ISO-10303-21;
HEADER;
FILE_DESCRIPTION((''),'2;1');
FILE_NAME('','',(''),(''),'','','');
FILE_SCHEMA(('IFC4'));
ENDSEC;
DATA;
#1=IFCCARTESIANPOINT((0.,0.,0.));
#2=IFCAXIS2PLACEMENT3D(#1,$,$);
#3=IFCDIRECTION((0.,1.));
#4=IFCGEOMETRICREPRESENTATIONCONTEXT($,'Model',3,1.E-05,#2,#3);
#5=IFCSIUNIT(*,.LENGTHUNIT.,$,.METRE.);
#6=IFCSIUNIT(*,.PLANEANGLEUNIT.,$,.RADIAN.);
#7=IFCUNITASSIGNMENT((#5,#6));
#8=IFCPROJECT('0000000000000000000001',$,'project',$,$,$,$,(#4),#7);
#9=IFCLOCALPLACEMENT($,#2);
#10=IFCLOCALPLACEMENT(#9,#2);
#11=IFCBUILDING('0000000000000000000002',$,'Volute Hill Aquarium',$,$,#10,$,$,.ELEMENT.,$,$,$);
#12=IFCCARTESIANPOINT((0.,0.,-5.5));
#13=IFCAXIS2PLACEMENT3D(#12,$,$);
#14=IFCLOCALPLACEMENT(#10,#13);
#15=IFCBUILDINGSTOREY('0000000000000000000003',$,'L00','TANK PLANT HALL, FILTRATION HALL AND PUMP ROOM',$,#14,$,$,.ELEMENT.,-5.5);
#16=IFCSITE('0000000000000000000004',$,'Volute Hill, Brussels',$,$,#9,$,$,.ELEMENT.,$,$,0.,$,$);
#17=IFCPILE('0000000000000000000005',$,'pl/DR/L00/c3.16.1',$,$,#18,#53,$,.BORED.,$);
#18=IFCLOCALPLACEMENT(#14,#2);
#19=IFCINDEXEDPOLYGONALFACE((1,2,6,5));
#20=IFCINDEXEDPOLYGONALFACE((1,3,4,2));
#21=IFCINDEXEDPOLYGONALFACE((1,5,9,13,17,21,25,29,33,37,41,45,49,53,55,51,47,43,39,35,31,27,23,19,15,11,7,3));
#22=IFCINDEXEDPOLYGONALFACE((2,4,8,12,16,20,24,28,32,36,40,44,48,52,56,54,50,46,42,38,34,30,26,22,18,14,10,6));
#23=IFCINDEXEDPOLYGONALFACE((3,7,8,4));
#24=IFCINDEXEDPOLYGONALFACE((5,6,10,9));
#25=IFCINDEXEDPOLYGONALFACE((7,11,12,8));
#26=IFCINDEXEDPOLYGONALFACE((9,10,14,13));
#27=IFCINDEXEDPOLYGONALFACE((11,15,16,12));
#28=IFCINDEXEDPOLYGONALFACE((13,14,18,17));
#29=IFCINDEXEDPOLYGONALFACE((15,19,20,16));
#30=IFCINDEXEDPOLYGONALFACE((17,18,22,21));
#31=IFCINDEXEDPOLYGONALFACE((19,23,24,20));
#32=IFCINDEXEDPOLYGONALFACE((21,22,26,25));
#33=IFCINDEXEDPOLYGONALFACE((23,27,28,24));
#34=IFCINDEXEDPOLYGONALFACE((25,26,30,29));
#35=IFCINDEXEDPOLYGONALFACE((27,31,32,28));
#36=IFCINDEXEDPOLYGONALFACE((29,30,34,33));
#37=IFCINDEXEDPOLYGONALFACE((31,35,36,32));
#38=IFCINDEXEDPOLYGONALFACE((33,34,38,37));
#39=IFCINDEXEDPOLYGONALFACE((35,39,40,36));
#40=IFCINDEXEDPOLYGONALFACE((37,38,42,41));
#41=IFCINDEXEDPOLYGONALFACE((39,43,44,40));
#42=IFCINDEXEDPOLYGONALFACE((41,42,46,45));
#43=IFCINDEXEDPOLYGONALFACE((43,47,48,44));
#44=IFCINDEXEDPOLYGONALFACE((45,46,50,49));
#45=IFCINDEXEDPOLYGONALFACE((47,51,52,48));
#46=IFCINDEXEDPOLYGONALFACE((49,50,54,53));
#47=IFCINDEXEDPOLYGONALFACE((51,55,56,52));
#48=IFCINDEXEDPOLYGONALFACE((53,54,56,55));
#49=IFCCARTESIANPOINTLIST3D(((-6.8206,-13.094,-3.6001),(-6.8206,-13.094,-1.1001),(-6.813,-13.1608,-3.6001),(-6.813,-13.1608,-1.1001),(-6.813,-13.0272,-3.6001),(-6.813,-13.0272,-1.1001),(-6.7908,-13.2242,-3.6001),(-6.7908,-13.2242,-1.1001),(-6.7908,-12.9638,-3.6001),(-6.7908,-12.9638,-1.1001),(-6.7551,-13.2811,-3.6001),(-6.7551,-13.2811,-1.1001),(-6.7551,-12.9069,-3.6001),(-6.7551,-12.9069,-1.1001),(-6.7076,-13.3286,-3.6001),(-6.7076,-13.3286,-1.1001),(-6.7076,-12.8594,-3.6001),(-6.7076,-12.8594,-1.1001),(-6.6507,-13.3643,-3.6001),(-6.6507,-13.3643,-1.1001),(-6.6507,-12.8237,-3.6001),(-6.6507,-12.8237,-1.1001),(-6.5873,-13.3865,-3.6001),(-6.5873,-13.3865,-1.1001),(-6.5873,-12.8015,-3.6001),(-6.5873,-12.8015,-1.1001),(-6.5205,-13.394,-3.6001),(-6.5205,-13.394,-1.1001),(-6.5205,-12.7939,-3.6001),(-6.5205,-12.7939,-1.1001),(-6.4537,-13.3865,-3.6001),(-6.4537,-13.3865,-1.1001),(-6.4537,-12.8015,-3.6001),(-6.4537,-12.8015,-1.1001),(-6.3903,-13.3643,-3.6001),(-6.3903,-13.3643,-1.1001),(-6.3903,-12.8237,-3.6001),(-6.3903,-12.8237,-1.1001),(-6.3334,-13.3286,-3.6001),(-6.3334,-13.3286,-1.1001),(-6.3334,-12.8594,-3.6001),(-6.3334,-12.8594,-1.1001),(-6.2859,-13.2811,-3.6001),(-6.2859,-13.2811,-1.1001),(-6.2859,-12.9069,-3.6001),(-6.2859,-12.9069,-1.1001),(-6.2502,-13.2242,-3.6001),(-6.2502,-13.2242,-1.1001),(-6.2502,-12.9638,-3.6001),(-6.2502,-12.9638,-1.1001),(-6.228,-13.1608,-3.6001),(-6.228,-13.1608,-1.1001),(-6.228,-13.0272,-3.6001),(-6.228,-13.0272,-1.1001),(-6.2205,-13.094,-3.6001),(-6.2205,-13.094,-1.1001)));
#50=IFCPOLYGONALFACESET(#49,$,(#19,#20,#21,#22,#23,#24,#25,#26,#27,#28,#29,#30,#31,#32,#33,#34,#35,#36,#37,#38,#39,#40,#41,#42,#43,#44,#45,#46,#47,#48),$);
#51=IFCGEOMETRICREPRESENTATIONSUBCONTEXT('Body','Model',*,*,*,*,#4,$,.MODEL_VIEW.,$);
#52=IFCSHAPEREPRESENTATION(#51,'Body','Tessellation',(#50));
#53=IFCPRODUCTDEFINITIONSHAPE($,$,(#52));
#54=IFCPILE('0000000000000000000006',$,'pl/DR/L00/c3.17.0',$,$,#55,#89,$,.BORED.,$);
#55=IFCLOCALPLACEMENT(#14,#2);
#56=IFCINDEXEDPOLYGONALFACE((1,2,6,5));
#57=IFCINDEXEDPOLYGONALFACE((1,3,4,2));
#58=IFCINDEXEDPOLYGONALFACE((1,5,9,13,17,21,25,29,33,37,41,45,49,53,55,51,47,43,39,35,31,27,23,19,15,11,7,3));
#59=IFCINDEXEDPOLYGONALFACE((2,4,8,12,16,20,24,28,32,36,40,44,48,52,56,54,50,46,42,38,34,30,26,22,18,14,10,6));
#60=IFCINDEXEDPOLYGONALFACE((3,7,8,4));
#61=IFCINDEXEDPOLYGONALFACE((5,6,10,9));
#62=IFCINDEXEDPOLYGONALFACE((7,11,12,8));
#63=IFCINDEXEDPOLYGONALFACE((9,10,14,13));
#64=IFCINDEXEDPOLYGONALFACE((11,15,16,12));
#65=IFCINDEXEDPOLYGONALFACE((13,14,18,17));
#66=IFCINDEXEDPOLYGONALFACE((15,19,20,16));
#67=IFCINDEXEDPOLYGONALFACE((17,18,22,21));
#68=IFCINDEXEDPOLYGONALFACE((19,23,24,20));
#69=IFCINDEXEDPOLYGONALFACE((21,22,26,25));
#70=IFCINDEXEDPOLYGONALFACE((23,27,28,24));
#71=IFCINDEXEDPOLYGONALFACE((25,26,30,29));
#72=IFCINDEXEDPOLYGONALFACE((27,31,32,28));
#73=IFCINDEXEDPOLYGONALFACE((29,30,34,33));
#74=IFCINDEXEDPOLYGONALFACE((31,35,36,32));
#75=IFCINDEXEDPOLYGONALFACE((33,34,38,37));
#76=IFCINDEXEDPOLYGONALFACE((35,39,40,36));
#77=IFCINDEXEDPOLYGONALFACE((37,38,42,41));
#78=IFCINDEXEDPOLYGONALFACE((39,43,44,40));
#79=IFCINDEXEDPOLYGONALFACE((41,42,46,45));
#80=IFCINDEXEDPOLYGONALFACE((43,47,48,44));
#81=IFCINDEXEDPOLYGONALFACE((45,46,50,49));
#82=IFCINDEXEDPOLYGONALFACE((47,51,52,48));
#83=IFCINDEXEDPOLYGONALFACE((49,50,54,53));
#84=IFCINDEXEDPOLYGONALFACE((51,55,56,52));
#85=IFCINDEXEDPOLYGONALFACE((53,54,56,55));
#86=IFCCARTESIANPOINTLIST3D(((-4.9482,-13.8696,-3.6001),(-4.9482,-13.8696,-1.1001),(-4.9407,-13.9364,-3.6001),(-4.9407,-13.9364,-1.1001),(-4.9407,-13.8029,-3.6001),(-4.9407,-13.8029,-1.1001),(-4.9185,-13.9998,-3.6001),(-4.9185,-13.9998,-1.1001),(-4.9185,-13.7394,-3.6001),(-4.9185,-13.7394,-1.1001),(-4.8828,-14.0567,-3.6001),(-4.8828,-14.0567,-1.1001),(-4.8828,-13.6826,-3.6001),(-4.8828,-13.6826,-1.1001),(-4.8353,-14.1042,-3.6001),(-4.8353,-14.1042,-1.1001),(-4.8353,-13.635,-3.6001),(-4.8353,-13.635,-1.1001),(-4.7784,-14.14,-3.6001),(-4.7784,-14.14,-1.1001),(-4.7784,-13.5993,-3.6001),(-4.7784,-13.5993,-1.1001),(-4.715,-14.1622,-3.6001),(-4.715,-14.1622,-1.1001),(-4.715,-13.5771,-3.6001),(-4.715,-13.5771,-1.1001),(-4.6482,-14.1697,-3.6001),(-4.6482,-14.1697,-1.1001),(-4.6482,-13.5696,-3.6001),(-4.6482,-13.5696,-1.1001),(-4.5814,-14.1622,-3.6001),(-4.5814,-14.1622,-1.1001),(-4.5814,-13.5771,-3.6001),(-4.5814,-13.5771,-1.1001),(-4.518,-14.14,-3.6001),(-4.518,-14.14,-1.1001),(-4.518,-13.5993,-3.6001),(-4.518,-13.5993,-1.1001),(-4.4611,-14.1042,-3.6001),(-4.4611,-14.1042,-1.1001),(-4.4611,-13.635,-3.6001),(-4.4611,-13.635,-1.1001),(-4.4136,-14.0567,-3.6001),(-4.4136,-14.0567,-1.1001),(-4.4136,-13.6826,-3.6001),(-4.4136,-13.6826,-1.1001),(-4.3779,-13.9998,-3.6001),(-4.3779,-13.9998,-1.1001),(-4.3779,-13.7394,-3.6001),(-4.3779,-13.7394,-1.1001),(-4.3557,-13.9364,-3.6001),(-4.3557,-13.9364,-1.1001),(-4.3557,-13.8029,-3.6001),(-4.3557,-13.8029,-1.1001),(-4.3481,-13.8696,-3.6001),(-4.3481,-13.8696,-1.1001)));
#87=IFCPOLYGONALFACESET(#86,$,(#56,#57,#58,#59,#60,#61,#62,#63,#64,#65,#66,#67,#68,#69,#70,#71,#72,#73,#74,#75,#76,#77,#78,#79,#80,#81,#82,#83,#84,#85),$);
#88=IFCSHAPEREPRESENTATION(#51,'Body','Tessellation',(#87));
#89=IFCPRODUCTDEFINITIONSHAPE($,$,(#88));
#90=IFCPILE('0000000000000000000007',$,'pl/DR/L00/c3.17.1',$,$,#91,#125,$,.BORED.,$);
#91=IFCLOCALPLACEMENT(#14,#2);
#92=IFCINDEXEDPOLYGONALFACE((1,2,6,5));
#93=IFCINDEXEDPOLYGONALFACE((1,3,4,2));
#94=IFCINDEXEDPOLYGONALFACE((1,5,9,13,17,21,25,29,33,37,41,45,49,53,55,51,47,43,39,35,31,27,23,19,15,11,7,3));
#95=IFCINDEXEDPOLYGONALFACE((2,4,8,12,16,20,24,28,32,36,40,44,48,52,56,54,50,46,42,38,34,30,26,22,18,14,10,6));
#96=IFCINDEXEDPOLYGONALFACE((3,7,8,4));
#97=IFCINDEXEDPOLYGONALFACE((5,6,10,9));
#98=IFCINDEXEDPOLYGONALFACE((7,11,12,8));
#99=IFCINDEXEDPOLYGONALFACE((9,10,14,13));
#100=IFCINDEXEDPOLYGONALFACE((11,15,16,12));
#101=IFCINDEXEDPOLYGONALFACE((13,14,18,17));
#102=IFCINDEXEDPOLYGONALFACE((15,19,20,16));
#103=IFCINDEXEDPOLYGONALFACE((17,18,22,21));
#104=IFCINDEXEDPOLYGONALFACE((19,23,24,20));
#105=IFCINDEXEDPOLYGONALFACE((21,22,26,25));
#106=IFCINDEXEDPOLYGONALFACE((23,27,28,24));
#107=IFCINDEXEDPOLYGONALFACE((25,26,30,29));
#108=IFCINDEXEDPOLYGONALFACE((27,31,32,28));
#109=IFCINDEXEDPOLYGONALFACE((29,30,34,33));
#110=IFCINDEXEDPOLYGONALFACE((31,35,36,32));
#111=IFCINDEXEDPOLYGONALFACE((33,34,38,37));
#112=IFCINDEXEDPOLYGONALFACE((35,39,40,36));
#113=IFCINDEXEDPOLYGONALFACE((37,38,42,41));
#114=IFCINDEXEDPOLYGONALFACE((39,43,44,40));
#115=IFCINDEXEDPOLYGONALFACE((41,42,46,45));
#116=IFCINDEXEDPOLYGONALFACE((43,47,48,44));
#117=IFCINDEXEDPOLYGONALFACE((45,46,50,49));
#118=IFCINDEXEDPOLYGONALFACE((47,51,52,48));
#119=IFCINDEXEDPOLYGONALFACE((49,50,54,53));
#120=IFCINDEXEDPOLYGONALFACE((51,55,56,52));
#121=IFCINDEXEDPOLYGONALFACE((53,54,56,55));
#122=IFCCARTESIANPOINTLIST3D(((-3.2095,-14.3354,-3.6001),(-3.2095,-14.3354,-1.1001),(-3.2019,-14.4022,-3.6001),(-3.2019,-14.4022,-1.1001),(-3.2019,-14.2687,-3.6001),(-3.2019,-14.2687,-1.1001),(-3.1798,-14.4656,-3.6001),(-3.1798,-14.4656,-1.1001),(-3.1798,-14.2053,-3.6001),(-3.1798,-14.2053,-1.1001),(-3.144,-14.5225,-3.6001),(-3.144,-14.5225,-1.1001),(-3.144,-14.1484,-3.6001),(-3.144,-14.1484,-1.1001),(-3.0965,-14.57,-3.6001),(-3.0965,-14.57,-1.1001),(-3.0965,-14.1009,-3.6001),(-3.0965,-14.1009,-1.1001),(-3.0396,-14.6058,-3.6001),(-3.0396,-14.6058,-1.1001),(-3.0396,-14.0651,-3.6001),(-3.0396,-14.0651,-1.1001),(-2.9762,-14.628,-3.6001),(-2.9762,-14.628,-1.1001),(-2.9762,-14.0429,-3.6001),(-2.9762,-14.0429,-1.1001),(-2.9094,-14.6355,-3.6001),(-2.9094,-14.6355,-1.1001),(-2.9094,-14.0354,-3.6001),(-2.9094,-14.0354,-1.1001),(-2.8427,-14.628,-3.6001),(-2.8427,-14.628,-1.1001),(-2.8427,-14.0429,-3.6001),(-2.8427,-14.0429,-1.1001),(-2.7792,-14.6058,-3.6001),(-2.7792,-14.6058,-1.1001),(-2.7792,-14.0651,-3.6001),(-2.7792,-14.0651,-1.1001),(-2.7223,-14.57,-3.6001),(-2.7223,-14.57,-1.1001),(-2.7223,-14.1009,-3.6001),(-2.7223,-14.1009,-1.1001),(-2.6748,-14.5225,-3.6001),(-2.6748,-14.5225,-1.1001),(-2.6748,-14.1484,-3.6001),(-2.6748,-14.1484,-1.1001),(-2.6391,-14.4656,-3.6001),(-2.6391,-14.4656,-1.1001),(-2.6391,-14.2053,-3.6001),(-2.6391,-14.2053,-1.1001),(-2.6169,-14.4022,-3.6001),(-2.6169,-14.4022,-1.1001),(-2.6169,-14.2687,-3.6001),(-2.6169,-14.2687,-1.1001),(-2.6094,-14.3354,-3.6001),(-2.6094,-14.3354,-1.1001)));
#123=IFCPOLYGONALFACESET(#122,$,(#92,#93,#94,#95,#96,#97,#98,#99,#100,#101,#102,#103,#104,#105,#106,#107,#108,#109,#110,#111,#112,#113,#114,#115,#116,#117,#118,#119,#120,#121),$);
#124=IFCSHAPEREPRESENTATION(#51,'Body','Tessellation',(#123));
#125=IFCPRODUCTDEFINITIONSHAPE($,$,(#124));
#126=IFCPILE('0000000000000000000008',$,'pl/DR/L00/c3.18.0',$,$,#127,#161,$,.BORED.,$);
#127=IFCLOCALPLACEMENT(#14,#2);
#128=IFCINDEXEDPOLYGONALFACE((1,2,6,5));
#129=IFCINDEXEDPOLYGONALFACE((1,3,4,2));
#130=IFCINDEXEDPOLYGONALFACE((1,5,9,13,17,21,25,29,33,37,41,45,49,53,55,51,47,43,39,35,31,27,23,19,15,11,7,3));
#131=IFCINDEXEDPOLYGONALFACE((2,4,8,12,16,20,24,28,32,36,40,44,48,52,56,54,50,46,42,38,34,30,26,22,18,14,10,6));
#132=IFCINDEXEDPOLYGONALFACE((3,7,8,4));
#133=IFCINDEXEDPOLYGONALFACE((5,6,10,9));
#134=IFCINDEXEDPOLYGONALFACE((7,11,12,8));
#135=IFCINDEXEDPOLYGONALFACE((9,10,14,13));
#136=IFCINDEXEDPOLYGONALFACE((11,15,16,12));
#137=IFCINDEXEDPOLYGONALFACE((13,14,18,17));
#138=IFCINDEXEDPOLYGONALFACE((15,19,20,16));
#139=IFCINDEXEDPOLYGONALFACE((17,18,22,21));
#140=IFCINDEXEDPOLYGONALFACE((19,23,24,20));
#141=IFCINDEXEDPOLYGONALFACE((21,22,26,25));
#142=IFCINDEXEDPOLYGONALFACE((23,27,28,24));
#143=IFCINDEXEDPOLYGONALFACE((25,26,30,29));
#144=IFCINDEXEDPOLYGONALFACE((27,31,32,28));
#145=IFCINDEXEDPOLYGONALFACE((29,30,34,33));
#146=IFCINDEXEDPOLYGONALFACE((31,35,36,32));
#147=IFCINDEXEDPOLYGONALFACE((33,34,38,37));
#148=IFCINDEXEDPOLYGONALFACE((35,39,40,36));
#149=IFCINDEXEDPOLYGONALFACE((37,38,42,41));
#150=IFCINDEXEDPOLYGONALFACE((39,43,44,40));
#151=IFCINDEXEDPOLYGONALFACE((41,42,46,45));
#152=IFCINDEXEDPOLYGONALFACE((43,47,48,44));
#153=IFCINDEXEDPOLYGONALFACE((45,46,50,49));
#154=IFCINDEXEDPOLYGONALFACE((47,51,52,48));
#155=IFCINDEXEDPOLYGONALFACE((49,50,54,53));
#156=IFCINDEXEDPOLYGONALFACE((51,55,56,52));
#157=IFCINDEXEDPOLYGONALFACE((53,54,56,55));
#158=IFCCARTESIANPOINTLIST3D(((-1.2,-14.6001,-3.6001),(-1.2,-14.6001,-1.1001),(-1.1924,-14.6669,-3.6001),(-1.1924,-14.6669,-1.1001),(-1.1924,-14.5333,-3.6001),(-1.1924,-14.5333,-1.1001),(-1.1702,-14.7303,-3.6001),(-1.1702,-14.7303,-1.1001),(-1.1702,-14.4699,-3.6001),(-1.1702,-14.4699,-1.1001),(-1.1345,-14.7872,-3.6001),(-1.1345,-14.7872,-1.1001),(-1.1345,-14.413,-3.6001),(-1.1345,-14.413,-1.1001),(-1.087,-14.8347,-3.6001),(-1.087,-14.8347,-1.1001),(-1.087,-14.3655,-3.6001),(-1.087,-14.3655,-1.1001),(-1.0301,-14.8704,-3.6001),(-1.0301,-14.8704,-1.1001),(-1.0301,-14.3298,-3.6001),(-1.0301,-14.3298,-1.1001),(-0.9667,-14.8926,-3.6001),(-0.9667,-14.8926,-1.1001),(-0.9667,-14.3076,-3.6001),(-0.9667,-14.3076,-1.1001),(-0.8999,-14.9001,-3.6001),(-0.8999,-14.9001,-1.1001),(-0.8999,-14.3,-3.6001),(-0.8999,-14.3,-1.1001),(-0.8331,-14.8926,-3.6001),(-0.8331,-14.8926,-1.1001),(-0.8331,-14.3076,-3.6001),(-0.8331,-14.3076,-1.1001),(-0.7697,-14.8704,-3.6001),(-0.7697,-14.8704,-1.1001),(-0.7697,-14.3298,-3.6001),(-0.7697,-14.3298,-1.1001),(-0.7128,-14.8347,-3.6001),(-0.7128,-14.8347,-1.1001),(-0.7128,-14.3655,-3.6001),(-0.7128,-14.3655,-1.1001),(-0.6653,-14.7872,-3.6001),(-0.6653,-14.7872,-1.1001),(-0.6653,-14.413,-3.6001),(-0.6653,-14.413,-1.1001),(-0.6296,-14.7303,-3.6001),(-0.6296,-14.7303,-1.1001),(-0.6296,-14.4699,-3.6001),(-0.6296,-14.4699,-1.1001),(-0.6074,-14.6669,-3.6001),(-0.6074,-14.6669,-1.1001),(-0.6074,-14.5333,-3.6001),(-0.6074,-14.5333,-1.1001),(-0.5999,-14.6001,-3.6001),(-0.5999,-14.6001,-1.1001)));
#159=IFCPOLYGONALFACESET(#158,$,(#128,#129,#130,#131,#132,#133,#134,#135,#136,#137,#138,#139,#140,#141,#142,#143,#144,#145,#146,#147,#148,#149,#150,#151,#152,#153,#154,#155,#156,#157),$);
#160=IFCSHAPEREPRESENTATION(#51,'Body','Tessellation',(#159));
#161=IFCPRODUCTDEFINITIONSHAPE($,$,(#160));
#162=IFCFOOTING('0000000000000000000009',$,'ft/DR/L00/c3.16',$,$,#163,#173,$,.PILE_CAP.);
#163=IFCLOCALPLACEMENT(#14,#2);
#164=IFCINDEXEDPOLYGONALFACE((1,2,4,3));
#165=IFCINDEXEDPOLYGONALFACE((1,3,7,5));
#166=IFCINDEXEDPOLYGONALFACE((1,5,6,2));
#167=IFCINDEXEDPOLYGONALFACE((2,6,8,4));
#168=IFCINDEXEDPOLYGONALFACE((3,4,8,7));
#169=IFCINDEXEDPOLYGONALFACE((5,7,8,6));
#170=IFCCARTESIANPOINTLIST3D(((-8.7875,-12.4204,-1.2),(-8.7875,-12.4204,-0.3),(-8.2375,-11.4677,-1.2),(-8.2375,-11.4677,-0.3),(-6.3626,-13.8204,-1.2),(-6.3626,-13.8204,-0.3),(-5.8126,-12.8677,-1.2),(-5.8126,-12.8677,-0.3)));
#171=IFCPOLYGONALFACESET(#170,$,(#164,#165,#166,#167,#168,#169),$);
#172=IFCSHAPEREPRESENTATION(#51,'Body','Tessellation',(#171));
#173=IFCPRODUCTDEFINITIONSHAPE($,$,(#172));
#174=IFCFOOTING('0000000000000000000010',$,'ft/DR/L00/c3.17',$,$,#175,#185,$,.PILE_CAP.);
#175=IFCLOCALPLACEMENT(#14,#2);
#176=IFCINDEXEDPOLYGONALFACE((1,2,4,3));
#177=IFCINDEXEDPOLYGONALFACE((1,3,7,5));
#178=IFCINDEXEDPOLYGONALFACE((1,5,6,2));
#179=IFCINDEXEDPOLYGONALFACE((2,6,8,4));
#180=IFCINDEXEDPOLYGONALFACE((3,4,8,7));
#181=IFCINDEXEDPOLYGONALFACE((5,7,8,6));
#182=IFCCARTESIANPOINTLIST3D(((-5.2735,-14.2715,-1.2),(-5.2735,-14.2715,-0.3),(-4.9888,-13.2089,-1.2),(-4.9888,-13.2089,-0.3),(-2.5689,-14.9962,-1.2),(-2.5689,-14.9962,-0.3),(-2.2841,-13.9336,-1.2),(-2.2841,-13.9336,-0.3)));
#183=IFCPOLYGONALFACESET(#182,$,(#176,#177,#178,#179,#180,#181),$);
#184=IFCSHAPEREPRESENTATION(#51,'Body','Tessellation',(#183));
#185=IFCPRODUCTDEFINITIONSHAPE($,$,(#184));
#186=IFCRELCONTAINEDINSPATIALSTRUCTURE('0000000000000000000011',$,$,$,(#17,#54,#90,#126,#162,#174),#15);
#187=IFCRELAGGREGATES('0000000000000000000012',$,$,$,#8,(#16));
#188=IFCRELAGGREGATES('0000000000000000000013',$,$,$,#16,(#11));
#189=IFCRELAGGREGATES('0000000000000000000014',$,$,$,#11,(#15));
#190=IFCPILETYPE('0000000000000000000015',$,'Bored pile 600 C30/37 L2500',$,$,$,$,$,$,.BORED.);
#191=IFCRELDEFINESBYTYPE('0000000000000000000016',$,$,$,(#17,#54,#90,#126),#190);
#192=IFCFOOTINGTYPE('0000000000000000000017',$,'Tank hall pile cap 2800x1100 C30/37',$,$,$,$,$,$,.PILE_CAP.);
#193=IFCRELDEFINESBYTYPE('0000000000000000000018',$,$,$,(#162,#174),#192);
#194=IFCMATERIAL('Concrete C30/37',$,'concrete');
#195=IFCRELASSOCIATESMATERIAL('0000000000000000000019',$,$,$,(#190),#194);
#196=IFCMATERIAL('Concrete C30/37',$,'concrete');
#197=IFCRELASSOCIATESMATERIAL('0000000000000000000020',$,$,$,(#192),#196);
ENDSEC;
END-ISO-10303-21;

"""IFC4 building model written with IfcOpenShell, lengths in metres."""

from ifc_helpers import new_model, si_unit, direction, frame, origin, origin_2d, place, context, subcontext, project, spatial, rectangle, circle, extrude, material, type_object, element, save


model = new_model("IFC4")

# Units and contexts
model_context = context("Model", 3, precision=1e-05, world=origin(), true_north=direction((0.0, 1.0)))
body_context = subcontext(model_context, "Body", "Model", "MODEL_VIEW")
ifc_project = project(units=[si_unit("LENGTHUNIT", "METRE"), si_unit("PLANEANGLEUNIT", "RADIAN")], contexts=[model_context])

# Site, building, storey
site_placement = place(None, origin())
site = spatial("IfcSite", under=ifc_project, at=site_placement, Name="Volute Hill, Brussels", CompositionType="ELEMENT", RefElevation=0.0)
building_placement = place(site_placement, origin())
building = spatial("IfcBuilding", under=site, at=building_placement, Name="Volute Hill Aquarium", CompositionType="ELEMENT")
storey_placement = place(building_placement, frame((0.0, 0.0, -5.5)))
storey = spatial("IfcBuildingStorey", under=building, at=storey_placement, Name="L00", Description="TANK PLANT HALL, FILTRATION HALL AND PUMP ROOM", CompositionType="ELEMENT", Elevation=-5.5)

# Piles
ifc_material_1 = material(Name="Concrete C30/37", Category="concrete")
pile_type = type_object("IfcPileType", Name="Bored pile 600 C30/37 L2500", PredefinedType="BORED", material=ifc_material_1)
for number, where, z_axis, x_axis, name in (
    (1, (-6.5205, -13.094, -1.1001), (0.0, 0.0, -1.0), (1.0, 0.0, 0.0), "pl/DR/L00/c3.16.1"),
    (2, (-4.6482, -13.8696, -1.1001), (0.0, 0.0, -1.0), (1.0, 0.0, 0.0), "pl/DR/L00/c3.17.0"),
    (3, (-2.9094, -14.3354, -1.1001), (0.0, 0.0, -1.0), (1.0, 0.0, 0.0), "pl/DR/L00/c3.17.1"),
    (4, (-0.8999, -14.6001, -1.1001), (0.0, 0.0, -1.0), (1.0, 0.0, 0.0), "pl/DR/L00/c3.18.0"),
):
    element("IfcPile", number, at=place(storey_placement, frame(where, z_axis=z_axis, x_axis=x_axis)), inside=storey, type_object=pile_type, Name=name, PredefinedType="BORED", context=body_context, shape_type="SweptSolid", body=[
        extrude(circle(Radius=0.3, at=origin_2d()), origin(), (0.0, 0.0, 1.0), 2.5),
    ])

# Footings
ifc_material_2 = material(Name="Concrete C30/37", Category="concrete")
footing_type = type_object("IfcFootingType", Name="Tank hall pile cap 2800x1100 C30/37", PredefinedType="PILE_CAP", material=ifc_material_2)
for number, where, z_axis, x_axis, name in (
    (5, (-7.3, -12.644, -1.2), (0.0, 0.0, 1.0), (0.866025, -0.5, 0.0), "ft/DR/L00/c3.16"),
    (6, (-3.7788, -14.1025, -1.2), (0.0, 0.0, 1.0), (0.965926, -0.258819, 0.0), "ft/DR/L00/c3.17"),
):
    element("IfcFooting", number, at=place(storey_placement, frame(where, z_axis=z_axis, x_axis=x_axis)), inside=storey, type_object=footing_type, Name=name, PredefinedType="PILE_CAP", context=body_context, shape_type="SweptSolid", body=[
        extrude(rectangle(XDim=2.8, YDim=1.1001, at=origin_2d()), origin(), (0.0, 0.0, 1.0), 0.8999),
    ])

save(model, "model.ifc")
